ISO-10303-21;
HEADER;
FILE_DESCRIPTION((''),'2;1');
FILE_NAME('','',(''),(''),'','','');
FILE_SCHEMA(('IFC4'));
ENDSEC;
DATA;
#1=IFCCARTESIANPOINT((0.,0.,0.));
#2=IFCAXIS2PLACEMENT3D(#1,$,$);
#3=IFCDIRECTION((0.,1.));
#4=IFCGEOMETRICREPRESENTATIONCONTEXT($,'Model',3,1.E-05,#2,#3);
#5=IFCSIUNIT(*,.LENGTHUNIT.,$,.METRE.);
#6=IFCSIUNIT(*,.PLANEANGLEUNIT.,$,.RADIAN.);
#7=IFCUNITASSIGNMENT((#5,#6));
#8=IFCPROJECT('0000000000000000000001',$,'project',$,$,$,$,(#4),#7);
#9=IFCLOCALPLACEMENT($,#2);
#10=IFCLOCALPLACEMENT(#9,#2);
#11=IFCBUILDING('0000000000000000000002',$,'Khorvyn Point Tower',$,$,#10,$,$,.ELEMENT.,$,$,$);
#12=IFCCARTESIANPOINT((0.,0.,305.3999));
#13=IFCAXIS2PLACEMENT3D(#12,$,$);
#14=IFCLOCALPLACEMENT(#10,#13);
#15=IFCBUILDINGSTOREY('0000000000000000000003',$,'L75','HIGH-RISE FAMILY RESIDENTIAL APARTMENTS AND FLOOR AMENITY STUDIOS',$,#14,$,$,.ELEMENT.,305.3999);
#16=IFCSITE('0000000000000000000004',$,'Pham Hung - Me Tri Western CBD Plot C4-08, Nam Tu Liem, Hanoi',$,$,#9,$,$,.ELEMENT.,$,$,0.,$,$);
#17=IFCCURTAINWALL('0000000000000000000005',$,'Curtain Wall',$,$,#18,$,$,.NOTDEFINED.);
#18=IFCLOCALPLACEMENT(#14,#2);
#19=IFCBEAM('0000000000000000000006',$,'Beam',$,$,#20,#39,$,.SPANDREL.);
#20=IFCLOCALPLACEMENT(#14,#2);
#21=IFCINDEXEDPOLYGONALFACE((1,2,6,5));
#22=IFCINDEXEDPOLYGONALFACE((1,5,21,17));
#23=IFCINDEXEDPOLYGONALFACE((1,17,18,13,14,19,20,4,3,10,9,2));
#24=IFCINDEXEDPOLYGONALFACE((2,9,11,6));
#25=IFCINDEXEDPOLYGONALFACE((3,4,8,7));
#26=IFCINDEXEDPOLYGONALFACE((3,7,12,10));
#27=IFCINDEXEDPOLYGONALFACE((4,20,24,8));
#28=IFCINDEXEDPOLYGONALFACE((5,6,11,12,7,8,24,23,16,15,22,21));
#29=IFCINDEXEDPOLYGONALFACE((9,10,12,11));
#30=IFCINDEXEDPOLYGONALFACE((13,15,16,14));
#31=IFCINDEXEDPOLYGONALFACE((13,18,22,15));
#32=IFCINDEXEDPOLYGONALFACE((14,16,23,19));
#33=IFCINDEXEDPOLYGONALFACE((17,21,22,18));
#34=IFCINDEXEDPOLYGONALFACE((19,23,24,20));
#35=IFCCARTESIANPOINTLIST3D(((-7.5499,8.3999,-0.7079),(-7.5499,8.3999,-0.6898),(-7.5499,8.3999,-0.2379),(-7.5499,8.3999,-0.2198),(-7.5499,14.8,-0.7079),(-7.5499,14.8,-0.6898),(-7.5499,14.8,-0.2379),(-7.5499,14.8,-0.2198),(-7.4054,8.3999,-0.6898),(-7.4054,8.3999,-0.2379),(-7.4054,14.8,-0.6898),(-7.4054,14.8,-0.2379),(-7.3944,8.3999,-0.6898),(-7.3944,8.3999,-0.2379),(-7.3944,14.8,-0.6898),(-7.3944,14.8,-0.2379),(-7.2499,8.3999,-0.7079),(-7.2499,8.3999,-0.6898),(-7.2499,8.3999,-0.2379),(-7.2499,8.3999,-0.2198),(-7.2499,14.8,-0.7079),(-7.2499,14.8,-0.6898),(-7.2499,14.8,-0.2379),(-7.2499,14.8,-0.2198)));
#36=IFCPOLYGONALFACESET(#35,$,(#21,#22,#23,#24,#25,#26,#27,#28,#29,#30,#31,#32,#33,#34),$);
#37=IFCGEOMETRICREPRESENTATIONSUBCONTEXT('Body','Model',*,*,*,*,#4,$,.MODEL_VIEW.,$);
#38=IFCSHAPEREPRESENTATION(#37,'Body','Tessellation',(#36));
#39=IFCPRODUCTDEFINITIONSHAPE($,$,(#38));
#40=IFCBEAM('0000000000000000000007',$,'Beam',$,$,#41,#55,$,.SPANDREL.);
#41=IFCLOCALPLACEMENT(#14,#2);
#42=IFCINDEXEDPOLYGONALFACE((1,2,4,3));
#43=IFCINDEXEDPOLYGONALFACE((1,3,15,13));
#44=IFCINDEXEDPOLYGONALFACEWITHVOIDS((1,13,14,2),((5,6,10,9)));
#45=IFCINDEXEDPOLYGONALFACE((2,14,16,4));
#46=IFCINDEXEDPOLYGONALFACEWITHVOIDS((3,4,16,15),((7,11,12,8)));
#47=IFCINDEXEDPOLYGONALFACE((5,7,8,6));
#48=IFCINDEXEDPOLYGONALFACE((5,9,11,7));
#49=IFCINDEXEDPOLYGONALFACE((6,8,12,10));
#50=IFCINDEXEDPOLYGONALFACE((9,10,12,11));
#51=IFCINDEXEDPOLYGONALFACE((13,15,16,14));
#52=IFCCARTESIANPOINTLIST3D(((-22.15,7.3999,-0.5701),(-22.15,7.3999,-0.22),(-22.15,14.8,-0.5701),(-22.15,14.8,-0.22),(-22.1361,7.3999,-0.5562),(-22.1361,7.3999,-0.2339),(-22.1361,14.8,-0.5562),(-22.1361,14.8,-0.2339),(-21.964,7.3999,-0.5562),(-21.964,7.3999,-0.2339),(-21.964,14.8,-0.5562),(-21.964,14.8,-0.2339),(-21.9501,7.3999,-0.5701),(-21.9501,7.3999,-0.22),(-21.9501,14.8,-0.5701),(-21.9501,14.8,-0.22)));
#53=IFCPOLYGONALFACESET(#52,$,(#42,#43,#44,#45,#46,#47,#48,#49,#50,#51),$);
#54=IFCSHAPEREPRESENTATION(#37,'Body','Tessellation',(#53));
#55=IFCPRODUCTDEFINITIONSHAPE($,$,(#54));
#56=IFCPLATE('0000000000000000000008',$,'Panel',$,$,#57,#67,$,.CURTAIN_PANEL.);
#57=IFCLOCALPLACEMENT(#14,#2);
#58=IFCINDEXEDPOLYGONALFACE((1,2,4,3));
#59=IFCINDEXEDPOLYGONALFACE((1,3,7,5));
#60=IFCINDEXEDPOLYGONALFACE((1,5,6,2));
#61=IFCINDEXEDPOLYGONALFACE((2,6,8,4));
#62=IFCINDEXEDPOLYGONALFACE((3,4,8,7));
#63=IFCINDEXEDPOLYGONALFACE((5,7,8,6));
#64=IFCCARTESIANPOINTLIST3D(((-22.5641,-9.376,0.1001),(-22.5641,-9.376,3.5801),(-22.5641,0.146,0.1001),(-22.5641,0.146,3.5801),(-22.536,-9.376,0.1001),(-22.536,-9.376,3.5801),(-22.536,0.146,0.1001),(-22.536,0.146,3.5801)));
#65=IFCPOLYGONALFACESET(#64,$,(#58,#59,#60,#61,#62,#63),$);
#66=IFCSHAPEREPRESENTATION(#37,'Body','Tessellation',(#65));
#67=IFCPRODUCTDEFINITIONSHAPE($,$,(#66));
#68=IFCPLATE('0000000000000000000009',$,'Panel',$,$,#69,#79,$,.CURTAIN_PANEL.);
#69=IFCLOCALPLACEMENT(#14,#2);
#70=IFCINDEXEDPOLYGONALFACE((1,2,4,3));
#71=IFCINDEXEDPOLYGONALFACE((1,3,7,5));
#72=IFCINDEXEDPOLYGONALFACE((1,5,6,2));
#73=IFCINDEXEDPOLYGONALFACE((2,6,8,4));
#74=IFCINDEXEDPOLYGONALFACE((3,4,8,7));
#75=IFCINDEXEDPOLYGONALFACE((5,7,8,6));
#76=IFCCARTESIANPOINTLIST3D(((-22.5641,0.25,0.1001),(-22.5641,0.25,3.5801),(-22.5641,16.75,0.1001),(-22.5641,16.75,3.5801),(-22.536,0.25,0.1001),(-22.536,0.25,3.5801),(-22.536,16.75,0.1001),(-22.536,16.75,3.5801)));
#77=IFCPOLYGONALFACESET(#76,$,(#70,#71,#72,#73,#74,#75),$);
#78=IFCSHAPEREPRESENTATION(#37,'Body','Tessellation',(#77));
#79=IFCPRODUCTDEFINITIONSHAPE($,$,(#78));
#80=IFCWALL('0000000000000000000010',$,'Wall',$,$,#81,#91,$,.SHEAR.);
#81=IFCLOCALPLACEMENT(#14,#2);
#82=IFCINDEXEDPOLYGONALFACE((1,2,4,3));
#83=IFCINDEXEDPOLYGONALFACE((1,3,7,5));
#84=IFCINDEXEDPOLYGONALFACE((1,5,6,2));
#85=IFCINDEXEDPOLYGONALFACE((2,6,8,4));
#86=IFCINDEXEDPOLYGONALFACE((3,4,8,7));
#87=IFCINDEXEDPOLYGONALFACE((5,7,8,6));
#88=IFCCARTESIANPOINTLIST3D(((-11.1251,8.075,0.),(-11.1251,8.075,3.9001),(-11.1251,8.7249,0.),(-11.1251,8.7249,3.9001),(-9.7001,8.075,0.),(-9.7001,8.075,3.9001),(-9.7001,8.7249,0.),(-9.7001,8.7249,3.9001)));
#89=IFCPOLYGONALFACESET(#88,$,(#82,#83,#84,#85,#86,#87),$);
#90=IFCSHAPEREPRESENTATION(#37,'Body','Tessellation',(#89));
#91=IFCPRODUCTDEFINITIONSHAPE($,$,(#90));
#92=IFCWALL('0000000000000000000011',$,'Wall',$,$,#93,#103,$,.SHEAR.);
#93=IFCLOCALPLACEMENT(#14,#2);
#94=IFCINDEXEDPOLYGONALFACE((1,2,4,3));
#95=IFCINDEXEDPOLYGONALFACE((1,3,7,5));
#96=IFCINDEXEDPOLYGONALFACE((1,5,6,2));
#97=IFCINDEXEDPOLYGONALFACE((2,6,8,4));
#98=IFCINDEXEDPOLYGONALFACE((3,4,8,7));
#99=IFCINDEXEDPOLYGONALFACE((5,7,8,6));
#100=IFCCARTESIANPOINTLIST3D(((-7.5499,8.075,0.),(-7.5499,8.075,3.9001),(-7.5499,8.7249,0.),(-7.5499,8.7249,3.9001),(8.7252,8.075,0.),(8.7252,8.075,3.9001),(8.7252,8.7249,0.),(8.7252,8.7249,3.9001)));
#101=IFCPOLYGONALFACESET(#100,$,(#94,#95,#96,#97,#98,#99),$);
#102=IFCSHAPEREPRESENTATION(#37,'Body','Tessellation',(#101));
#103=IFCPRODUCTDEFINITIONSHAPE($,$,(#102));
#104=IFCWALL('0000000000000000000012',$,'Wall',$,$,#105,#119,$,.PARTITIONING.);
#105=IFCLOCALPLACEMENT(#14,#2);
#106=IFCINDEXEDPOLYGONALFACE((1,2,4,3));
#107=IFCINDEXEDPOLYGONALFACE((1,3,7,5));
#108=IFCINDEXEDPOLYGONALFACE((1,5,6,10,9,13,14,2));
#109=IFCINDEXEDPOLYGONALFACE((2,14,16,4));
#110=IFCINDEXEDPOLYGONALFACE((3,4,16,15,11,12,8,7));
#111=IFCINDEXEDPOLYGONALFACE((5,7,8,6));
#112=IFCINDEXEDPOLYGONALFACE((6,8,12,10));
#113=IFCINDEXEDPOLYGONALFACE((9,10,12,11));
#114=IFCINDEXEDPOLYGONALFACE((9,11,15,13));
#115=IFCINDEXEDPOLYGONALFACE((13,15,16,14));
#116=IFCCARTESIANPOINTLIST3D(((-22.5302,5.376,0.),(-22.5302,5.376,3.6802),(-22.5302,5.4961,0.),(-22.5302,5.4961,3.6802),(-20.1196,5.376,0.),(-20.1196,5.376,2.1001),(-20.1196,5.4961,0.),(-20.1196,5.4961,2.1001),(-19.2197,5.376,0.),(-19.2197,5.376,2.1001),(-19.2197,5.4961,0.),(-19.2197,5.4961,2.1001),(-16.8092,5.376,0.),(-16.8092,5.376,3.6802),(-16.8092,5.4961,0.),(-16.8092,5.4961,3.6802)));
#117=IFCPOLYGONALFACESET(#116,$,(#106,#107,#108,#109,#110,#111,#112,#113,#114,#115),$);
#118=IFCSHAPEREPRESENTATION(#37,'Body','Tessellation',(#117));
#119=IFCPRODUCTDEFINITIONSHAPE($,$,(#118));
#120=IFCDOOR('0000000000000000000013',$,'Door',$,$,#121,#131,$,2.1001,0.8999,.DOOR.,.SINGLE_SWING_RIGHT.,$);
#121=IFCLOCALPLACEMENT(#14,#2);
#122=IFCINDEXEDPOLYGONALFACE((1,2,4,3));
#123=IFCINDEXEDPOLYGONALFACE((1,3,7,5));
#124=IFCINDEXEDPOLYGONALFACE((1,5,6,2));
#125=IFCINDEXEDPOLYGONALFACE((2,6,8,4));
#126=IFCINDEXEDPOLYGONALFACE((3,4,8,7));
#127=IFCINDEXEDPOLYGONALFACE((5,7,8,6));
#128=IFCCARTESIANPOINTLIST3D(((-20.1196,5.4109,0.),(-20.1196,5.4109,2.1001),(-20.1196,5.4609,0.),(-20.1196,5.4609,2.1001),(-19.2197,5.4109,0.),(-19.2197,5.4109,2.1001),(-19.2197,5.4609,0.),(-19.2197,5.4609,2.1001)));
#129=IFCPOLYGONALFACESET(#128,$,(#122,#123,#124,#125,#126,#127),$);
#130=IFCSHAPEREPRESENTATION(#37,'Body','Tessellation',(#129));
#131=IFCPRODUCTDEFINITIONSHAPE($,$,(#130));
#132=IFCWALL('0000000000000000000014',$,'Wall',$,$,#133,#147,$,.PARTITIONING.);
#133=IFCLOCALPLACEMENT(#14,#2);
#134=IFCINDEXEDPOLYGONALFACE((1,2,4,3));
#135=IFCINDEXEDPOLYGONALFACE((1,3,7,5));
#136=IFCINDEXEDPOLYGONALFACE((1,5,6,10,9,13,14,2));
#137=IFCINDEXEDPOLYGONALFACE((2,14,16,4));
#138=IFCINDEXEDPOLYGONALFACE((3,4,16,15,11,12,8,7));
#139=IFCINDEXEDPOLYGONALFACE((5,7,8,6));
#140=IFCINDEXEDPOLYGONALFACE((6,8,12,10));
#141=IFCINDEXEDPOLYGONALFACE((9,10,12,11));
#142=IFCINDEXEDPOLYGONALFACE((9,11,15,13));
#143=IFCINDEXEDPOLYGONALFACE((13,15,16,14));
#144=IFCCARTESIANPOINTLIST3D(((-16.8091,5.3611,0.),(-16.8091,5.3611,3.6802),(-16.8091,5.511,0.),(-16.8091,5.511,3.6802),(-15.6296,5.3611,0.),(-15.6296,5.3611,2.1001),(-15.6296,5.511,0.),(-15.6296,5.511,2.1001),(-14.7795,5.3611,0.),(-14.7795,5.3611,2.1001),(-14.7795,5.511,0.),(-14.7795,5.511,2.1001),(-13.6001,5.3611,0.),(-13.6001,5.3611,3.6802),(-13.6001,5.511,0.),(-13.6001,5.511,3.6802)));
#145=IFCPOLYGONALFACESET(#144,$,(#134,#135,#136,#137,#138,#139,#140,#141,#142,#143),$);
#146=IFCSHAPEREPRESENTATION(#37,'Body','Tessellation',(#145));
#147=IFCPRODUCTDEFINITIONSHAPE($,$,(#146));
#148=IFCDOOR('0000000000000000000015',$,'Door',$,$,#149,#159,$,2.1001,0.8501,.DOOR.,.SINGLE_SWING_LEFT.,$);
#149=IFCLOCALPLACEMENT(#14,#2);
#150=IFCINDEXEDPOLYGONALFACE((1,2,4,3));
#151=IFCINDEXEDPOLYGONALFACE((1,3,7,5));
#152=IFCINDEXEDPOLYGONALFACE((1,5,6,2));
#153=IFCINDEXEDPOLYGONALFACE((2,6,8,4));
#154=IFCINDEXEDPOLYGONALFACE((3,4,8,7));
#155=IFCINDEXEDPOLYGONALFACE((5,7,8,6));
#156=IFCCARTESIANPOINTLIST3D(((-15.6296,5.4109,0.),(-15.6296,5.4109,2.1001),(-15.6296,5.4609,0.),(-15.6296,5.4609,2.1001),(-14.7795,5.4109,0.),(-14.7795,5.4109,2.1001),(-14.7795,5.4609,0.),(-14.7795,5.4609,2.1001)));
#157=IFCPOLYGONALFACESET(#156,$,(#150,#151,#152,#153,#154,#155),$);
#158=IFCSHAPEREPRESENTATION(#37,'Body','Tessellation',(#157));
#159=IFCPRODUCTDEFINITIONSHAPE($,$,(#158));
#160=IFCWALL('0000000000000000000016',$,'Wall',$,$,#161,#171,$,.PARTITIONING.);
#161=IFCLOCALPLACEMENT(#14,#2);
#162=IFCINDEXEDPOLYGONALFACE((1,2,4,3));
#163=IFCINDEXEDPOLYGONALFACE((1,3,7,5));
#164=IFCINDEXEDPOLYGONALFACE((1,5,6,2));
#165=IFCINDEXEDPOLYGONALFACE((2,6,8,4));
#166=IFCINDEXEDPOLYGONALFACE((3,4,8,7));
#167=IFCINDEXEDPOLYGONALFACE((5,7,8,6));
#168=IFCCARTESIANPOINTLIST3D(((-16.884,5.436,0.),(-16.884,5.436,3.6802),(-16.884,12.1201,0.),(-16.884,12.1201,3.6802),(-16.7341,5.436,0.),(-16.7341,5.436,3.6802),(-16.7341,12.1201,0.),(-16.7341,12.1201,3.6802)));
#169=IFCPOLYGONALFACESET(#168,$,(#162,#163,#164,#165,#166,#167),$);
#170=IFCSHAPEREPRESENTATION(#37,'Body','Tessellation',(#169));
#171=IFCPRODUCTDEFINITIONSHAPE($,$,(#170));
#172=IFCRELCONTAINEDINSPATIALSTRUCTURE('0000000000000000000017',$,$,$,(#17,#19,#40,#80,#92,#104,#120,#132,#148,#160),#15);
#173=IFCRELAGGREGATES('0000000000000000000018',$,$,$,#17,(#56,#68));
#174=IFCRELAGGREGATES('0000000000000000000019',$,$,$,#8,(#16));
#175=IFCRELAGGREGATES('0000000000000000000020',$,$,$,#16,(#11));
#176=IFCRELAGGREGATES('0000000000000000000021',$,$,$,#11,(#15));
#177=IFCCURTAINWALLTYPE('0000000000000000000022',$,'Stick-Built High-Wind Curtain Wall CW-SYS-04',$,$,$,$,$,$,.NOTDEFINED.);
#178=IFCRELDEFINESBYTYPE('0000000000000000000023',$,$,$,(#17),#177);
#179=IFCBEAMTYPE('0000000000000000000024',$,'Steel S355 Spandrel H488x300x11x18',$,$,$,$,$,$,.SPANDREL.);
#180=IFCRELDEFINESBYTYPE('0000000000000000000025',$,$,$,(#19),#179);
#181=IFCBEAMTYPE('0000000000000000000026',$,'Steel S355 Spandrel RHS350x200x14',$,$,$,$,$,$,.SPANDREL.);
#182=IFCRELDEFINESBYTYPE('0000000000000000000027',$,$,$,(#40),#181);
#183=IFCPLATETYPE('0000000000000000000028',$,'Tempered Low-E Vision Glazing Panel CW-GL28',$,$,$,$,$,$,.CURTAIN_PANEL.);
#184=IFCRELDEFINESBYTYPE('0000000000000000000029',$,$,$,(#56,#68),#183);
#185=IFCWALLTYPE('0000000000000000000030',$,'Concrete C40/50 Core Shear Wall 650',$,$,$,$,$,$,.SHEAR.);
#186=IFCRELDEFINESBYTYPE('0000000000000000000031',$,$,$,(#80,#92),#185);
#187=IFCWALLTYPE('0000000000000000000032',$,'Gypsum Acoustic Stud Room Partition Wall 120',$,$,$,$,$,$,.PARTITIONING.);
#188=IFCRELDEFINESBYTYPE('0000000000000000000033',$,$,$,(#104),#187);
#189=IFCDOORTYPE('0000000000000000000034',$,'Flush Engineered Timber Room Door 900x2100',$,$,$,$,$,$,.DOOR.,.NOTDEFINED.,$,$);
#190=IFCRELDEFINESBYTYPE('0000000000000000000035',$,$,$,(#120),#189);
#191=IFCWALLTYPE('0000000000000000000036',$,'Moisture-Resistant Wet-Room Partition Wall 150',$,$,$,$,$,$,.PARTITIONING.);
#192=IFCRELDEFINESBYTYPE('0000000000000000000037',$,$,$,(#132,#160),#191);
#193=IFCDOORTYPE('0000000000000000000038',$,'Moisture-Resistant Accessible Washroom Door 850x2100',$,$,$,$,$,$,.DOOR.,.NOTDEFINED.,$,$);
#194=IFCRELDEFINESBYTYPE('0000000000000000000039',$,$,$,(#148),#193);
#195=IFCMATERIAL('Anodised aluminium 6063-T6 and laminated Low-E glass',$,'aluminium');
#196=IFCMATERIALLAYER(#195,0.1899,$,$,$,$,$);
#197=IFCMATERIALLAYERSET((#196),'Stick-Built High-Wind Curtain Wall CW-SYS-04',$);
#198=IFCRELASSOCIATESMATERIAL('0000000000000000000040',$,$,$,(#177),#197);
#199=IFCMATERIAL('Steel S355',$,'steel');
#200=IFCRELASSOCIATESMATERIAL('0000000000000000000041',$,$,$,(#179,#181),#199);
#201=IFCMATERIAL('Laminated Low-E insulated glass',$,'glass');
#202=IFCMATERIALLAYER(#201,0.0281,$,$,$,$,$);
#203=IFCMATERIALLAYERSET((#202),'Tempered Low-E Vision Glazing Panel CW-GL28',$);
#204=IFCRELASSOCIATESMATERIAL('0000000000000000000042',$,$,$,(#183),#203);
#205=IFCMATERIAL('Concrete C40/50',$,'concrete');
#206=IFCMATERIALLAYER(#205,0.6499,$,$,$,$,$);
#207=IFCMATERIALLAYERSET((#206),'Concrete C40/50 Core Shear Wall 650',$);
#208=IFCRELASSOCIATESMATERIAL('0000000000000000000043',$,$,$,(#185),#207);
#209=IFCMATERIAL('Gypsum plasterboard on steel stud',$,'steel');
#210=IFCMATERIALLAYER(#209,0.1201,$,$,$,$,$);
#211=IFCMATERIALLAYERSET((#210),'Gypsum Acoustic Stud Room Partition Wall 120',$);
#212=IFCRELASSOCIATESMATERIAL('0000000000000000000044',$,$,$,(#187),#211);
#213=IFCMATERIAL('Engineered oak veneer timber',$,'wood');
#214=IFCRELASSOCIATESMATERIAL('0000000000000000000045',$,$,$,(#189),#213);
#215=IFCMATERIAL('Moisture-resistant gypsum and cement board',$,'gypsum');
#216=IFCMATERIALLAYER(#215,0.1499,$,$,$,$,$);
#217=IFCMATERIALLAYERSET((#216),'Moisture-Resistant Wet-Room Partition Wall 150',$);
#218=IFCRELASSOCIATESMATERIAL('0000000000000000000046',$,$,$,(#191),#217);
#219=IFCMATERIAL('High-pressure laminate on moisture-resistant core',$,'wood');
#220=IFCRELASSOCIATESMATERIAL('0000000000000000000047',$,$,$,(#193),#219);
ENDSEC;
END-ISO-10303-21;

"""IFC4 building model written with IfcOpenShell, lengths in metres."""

from ifc_helpers import new_model, si_unit, direction, frame, frame_2d, origin, origin_2d, place, context, subcontext, project, spatial, rectangle, hollow_rectangle, i_section, extrude, material, layer, layer_set, material_profile, profile_set, type_object, element, fill, aggregate, save


model = new_model("IFC4")

# Units and contexts
model_context = context("Model", 3, precision=1e-05, world=origin(), true_north=direction((0.0, 1.0)))
body_context = subcontext(model_context, "Body", "Model", "MODEL_VIEW")
ifc_project = project(units=[si_unit("LENGTHUNIT", "METRE"), si_unit("PLANEANGLEUNIT", "RADIAN")], contexts=[model_context])

# Site, building, storey
site_placement = place(None, origin())
site = spatial("IfcSite", under=ifc_project, at=site_placement, Name="Pham Hung - Me Tri Western CBD Plot C4-08, Nam Tu Liem, Hanoi", CompositionType="ELEMENT", RefElevation=0.0)
building_placement = place(site_placement, origin())
building = spatial("IfcBuilding", under=site, at=building_placement, Name="Khorvyn Point Tower", CompositionType="ELEMENT")
storey_placement = place(building_placement, frame((0.0, 0.0, 305.3999)))
storey = spatial("IfcBuildingStorey", under=building, at=storey_placement, Name="L75", Description="HIGH-RISE FAMILY RESIDENTIAL APARTMENTS AND FLOOR AMENITY STUDIOS", CompositionType="ELEMENT", Elevation=305.3999)

# Shared definitions
ifc_material_1 = material(Name="Concrete C40/50", Category="concrete")
ifc_material_2 = material(Name="Steel S355", Category="steel")

# Curtain wall
ifc_material_3 = material(Name="Anodised aluminium 6063-T6 and laminated Low-E glass", Category="aluminium")
ifc_layer_1 = layer(ifc_material_3, 0.1899)
ifc_layer_set_1 = layer_set([ifc_layer_1], Name="Stick-Built High-Wind Curtain Wall CW-SYS-04")
curtain_wall_type = type_object("IfcCurtainWallType", Name="Stick-Built High-Wind Curtain Wall CW-SYS-04", PredefinedType="NOTDEFINED", material=ifc_layer_set_1)
curtain_wall_placement = place(storey_placement, origin())
curtain_wall = element("IfcCurtainWall", 1, at=curtain_wall_placement, inside=storey, type_object=curtain_wall_type, Name="Curtain Wall", PredefinedType="NOTDEFINED")

# Beams
ifc_material_profile_1 = material_profile(ifc_material_2, i_section(OverallWidth=0.3, OverallDepth=0.488, WebThickness=0.011, FlangeThickness=0.0181, at=origin_2d()))
ifc_profile_set_1 = profile_set([ifc_material_profile_1], Name="Steel S355 H488x300x11x18")
beam_type_1 = type_object("IfcBeamType", Name="Steel S355 Spandrel H488x300x11x18", PredefinedType="SPANDREL", material=ifc_profile_set_1)
beam_1_placement = place(storey_placement, frame((-7.3999, 8.3999, -0.4639), z_axis=(0.0, 1.0, 0.0), x_axis=(-1.0, 0.0, 0.0)))
element("IfcBeam", 2, at=beam_1_placement, inside=storey, type_object=beam_type_1, Name="Beam", PredefinedType="SPANDREL", context=body_context, shape_type="SweptSolid", body=[
    extrude(i_section(OverallWidth=0.3, OverallDepth=0.488, WebThickness=0.011, FlangeThickness=0.0181, at=origin_2d()), origin(), (0.0, 0.0, 1.0), 6.4001),
])
ifc_material_profile_2 = material_profile(ifc_material_2, hollow_rectangle(XDim=0.2, YDim=0.3501, WallThickness=0.0139, at=origin_2d()))
ifc_profile_set_2 = profile_set([ifc_material_profile_2], Name="Steel S355 RHS350x200x14")
beam_type_2 = type_object("IfcBeamType", Name="Steel S355 Spandrel RHS350x200x14", PredefinedType="SPANDREL", material=ifc_profile_set_2)
beam_2_placement = place(storey_placement, frame((-22.05, 7.3999, -0.395), z_axis=(0.0, 1.0, 0.0), x_axis=(-1.0, 0.0, 0.0)))
element("IfcBeam", 3, at=beam_2_placement, inside=storey, type_object=beam_type_2, Name="Beam", PredefinedType="SPANDREL", context=body_context, shape_type="SweptSolid", body=[
    extrude(hollow_rectangle(XDim=0.2, YDim=0.3501, WallThickness=0.0139, at=origin_2d()), origin(), (0.0, 0.0, 1.0), 7.4001),
])

# Plates
ifc_material_4 = material(Name="Laminated Low-E insulated glass", Category="glass")
ifc_layer_2 = layer(ifc_material_4, 0.0281)
ifc_layer_set_2 = layer_set([ifc_layer_2], Name="Tempered Low-E Vision Glazing Panel CW-GL28")
plate_type = type_object("IfcPlateType", Name="Tempered Low-E Vision Glazing Panel CW-GL28", PredefinedType="CURTAIN_PANEL", material=ifc_layer_set_2)
plate_1_placement = place(storey_placement, frame((-22.55, -4.615, 0.1001), z_axis=(0.0, 0.0, 1.0), x_axis=(0.0, 1.0, 0.0)))
plate_1 = element("IfcPlate", 4, at=plate_1_placement, type_object=plate_type, Name="Panel", PredefinedType="CURTAIN_PANEL", context=body_context, shape_type="SweptSolid", body=[
    extrude(rectangle(XDim=9.522, YDim=0.0281, at=origin_2d()), origin(), (0.0, 0.0, 1.0), 3.48),
])
plate_2_placement = place(storey_placement, frame((-22.55, 8.5, 0.1001), z_axis=(0.0, 0.0, 1.0), x_axis=(0.0, 1.0, 0.0)))
plate_2 = element("IfcPlate", 5, at=plate_2_placement, type_object=plate_type, Name="Panel", PredefinedType="CURTAIN_PANEL", context=body_context, shape_type="SweptSolid", body=[
    extrude(rectangle(XDim=16.5, YDim=0.0281, at=origin_2d()), origin(), (0.0, 0.0, 1.0), 3.48),
])
aggregate(curtain_wall, [plate_1, plate_2])

# Walls
ifc_layer_3 = layer(ifc_material_1, 0.6499)
ifc_layer_set_3 = layer_set([ifc_layer_3], Name="Concrete C40/50 Core Shear Wall 650")
wall_type_1 = type_object("IfcWallType", Name="Concrete C40/50 Core Shear Wall 650", PredefinedType="SHEAR", material=ifc_layer_set_3)
wall_1_placement = place(storey_placement, frame((-11.125, 8.3999, 0.0), z_axis=(0.0, 0.0, 1.0), x_axis=(1.0, 0.0, 0.0)))
element("IfcWall", 6, at=wall_1_placement, inside=storey, type_object=wall_type_1, Name="Wall", PredefinedType="SHEAR", context=body_context, shape_type="SweptSolid", body=[
    extrude(rectangle(XDim=1.425, YDim=0.6499, at=frame_2d((0.7124, 0.0))), origin(), (0.0, 0.0, 1.0), 3.9001),
])
wall_2_placement = place(storey_placement, frame((-7.55, 8.3999, 0.0), z_axis=(0.0, 0.0, 1.0), x_axis=(1.0, 0.0, 0.0)))
element("IfcWall", 7, at=wall_2_placement, inside=storey, type_object=wall_type_1, Name="Wall", PredefinedType="SHEAR", context=body_context, shape_type="SweptSolid", body=[
    extrude(rectangle(XDim=16.2751, YDim=0.6499, at=frame_2d((8.1377, 0.0))), origin(), (0.0, 0.0, 1.0), 3.9001),
])

# Walls, openings, doors
ifc_material_5 = material(Name="Gypsum plasterboard on steel stud", Category="steel")
ifc_layer_4 = layer(ifc_material_5, 0.1201)
ifc_layer_set_4 = layer_set([ifc_layer_4], Name="Gypsum Acoustic Stud Room Partition Wall 120")
wall_type_2 = type_object("IfcWallType", Name="Gypsum Acoustic Stud Room Partition Wall 120", PredefinedType="PARTITIONING", material=ifc_layer_set_4)
wall_3_placement = place(storey_placement, frame((-22.53, 5.436, 0.0), z_axis=(0.0, 0.0, 1.0), x_axis=(1.0, 0.0, 0.0)))
wall_3 = element("IfcWall", 8, at=wall_3_placement, inside=storey, type_object=wall_type_2, Name="Wall", PredefinedType="PARTITIONING", context=body_context, shape_type="SweptSolid", body=[
    extrude(rectangle(XDim=5.7209, YDim=0.1201, at=frame_2d((2.8604, 0.0))), origin(), (0.0, 0.0, 1.0), 3.6802),
])
opening_1_placement = place(wall_3_placement, frame((2.4104, 0.0, 0.0)))
opening_1 = element("IfcOpeningElement", 9, at=opening_1_placement, cuts=wall_3, PredefinedType="OPENING", context=body_context, shape_type="SweptSolid", body=[
    extrude(rectangle(XDim=0.8999, YDim=2.1001, at=frame_2d((0.45, 1.05))), frame((0.0, 0.0701, 0.0), z_axis=(0.0, -1.0, 0.0), x_axis=(1.0, 0.0, 0.0)), (0.0, 0.0, 1.0), 0.1401),
])
ifc_material_6 = material(Name="Engineered oak veneer timber", Category="wood")
door_type_1 = type_object("IfcDoorType", Name="Flush Engineered Timber Room Door 900x2100", OperationType="NOTDEFINED", PredefinedType="DOOR", material=ifc_material_6)
door_1_placement = place(opening_1_placement, origin())
door_1 = element("IfcDoor", 10, at=door_1_placement, inside=storey, type_object=door_type_1, Name="Door", OperationType="SINGLE_SWING_RIGHT", OverallHeight=2.1001, OverallWidth=0.8999, PredefinedType="DOOR", context=body_context, shape_type="SweptSolid", body=[
    extrude(rectangle(XDim=0.8999, YDim=2.1001, at=frame_2d((0.45, 1.05))), frame((0.0, 0.0249, 0.0), z_axis=(0.0, -1.0, 0.0), x_axis=(1.0, 0.0, 0.0)), (0.0, 0.0, 1.0), 0.05),
])
fill(opening_1, door_1)
ifc_material_7 = material(Name="Moisture-resistant gypsum and cement board", Category="gypsum")
ifc_layer_5 = layer(ifc_material_7, 0.1499)
ifc_layer_set_5 = layer_set([ifc_layer_5], Name="Moisture-Resistant Wet-Room Partition Wall 150")
wall_type_3 = type_object("IfcWallType", Name="Moisture-Resistant Wet-Room Partition Wall 150", PredefinedType="PARTITIONING", material=ifc_layer_set_5)
wall_4_placement = place(storey_placement, frame((-16.8091, 5.436, 0.0), z_axis=(0.0, 0.0, 1.0), x_axis=(1.0, 0.0, 0.0)))
wall_4 = element("IfcWall", 11, at=wall_4_placement, inside=storey, type_object=wall_type_3, Name="Wall", PredefinedType="PARTITIONING", context=body_context, shape_type="SweptSolid", body=[
    extrude(rectangle(XDim=3.209, YDim=0.1499, at=frame_2d((1.6045, 0.0))), origin(), (0.0, 0.0, 1.0), 3.6802),
])
opening_2_placement = place(wall_4_placement, frame((1.1794, 0.0, 0.0)))
opening_2 = element("IfcOpeningElement", 12, at=opening_2_placement, cuts=wall_4, PredefinedType="OPENING", context=body_context, shape_type="SweptSolid", body=[
    extrude(rectangle(XDim=0.8501, YDim=2.1001, at=frame_2d((0.425, 1.05))), frame((0.0, 0.085, 0.0), z_axis=(0.0, -1.0, 0.0), x_axis=(1.0, 0.0, 0.0)), (0.0, 0.0, 1.0), 0.1699),
])
ifc_material_8 = material(Name="High-pressure laminate on moisture-resistant core", Category="wood")
door_type_2 = type_object("IfcDoorType", Name="Moisture-Resistant Accessible Washroom Door 850x2100", OperationType="NOTDEFINED", PredefinedType="DOOR", material=ifc_material_8)
door_2_placement = place(opening_2_placement, origin())
door_2 = element("IfcDoor", 13, at=door_2_placement, inside=storey, type_object=door_type_2, Name="Door", OperationType="SINGLE_SWING_LEFT", OverallHeight=2.1001, OverallWidth=0.8501, PredefinedType="DOOR", context=body_context, shape_type="SweptSolid", body=[
    extrude(rectangle(XDim=0.8501, YDim=2.1001, at=frame_2d((0.425, 1.05))), frame((0.0, 0.0249, 0.0), z_axis=(0.0, -1.0, 0.0), x_axis=(1.0, 0.0, 0.0)), (0.0, 0.0, 1.0), 0.05),
])
fill(opening_2, door_2)

# Wall
wall_5_placement = place(storey_placement, frame((-16.8091, 5.436, 0.0), z_axis=(0.0, 0.0, 1.0), x_axis=(0.0, 1.0, 0.0)))
element("IfcWall", 14, at=wall_5_placement, inside=storey, type_object=wall_type_3, Name="Wall", PredefinedType="PARTITIONING", context=body_context, shape_type="SweptSolid", body=[
    extrude(rectangle(XDim=6.6841, YDim=0.1499, at=frame_2d((3.342, 0.0))), origin(), (0.0, 0.0, 1.0), 3.6802),
])

save(model, "model.ifc")
